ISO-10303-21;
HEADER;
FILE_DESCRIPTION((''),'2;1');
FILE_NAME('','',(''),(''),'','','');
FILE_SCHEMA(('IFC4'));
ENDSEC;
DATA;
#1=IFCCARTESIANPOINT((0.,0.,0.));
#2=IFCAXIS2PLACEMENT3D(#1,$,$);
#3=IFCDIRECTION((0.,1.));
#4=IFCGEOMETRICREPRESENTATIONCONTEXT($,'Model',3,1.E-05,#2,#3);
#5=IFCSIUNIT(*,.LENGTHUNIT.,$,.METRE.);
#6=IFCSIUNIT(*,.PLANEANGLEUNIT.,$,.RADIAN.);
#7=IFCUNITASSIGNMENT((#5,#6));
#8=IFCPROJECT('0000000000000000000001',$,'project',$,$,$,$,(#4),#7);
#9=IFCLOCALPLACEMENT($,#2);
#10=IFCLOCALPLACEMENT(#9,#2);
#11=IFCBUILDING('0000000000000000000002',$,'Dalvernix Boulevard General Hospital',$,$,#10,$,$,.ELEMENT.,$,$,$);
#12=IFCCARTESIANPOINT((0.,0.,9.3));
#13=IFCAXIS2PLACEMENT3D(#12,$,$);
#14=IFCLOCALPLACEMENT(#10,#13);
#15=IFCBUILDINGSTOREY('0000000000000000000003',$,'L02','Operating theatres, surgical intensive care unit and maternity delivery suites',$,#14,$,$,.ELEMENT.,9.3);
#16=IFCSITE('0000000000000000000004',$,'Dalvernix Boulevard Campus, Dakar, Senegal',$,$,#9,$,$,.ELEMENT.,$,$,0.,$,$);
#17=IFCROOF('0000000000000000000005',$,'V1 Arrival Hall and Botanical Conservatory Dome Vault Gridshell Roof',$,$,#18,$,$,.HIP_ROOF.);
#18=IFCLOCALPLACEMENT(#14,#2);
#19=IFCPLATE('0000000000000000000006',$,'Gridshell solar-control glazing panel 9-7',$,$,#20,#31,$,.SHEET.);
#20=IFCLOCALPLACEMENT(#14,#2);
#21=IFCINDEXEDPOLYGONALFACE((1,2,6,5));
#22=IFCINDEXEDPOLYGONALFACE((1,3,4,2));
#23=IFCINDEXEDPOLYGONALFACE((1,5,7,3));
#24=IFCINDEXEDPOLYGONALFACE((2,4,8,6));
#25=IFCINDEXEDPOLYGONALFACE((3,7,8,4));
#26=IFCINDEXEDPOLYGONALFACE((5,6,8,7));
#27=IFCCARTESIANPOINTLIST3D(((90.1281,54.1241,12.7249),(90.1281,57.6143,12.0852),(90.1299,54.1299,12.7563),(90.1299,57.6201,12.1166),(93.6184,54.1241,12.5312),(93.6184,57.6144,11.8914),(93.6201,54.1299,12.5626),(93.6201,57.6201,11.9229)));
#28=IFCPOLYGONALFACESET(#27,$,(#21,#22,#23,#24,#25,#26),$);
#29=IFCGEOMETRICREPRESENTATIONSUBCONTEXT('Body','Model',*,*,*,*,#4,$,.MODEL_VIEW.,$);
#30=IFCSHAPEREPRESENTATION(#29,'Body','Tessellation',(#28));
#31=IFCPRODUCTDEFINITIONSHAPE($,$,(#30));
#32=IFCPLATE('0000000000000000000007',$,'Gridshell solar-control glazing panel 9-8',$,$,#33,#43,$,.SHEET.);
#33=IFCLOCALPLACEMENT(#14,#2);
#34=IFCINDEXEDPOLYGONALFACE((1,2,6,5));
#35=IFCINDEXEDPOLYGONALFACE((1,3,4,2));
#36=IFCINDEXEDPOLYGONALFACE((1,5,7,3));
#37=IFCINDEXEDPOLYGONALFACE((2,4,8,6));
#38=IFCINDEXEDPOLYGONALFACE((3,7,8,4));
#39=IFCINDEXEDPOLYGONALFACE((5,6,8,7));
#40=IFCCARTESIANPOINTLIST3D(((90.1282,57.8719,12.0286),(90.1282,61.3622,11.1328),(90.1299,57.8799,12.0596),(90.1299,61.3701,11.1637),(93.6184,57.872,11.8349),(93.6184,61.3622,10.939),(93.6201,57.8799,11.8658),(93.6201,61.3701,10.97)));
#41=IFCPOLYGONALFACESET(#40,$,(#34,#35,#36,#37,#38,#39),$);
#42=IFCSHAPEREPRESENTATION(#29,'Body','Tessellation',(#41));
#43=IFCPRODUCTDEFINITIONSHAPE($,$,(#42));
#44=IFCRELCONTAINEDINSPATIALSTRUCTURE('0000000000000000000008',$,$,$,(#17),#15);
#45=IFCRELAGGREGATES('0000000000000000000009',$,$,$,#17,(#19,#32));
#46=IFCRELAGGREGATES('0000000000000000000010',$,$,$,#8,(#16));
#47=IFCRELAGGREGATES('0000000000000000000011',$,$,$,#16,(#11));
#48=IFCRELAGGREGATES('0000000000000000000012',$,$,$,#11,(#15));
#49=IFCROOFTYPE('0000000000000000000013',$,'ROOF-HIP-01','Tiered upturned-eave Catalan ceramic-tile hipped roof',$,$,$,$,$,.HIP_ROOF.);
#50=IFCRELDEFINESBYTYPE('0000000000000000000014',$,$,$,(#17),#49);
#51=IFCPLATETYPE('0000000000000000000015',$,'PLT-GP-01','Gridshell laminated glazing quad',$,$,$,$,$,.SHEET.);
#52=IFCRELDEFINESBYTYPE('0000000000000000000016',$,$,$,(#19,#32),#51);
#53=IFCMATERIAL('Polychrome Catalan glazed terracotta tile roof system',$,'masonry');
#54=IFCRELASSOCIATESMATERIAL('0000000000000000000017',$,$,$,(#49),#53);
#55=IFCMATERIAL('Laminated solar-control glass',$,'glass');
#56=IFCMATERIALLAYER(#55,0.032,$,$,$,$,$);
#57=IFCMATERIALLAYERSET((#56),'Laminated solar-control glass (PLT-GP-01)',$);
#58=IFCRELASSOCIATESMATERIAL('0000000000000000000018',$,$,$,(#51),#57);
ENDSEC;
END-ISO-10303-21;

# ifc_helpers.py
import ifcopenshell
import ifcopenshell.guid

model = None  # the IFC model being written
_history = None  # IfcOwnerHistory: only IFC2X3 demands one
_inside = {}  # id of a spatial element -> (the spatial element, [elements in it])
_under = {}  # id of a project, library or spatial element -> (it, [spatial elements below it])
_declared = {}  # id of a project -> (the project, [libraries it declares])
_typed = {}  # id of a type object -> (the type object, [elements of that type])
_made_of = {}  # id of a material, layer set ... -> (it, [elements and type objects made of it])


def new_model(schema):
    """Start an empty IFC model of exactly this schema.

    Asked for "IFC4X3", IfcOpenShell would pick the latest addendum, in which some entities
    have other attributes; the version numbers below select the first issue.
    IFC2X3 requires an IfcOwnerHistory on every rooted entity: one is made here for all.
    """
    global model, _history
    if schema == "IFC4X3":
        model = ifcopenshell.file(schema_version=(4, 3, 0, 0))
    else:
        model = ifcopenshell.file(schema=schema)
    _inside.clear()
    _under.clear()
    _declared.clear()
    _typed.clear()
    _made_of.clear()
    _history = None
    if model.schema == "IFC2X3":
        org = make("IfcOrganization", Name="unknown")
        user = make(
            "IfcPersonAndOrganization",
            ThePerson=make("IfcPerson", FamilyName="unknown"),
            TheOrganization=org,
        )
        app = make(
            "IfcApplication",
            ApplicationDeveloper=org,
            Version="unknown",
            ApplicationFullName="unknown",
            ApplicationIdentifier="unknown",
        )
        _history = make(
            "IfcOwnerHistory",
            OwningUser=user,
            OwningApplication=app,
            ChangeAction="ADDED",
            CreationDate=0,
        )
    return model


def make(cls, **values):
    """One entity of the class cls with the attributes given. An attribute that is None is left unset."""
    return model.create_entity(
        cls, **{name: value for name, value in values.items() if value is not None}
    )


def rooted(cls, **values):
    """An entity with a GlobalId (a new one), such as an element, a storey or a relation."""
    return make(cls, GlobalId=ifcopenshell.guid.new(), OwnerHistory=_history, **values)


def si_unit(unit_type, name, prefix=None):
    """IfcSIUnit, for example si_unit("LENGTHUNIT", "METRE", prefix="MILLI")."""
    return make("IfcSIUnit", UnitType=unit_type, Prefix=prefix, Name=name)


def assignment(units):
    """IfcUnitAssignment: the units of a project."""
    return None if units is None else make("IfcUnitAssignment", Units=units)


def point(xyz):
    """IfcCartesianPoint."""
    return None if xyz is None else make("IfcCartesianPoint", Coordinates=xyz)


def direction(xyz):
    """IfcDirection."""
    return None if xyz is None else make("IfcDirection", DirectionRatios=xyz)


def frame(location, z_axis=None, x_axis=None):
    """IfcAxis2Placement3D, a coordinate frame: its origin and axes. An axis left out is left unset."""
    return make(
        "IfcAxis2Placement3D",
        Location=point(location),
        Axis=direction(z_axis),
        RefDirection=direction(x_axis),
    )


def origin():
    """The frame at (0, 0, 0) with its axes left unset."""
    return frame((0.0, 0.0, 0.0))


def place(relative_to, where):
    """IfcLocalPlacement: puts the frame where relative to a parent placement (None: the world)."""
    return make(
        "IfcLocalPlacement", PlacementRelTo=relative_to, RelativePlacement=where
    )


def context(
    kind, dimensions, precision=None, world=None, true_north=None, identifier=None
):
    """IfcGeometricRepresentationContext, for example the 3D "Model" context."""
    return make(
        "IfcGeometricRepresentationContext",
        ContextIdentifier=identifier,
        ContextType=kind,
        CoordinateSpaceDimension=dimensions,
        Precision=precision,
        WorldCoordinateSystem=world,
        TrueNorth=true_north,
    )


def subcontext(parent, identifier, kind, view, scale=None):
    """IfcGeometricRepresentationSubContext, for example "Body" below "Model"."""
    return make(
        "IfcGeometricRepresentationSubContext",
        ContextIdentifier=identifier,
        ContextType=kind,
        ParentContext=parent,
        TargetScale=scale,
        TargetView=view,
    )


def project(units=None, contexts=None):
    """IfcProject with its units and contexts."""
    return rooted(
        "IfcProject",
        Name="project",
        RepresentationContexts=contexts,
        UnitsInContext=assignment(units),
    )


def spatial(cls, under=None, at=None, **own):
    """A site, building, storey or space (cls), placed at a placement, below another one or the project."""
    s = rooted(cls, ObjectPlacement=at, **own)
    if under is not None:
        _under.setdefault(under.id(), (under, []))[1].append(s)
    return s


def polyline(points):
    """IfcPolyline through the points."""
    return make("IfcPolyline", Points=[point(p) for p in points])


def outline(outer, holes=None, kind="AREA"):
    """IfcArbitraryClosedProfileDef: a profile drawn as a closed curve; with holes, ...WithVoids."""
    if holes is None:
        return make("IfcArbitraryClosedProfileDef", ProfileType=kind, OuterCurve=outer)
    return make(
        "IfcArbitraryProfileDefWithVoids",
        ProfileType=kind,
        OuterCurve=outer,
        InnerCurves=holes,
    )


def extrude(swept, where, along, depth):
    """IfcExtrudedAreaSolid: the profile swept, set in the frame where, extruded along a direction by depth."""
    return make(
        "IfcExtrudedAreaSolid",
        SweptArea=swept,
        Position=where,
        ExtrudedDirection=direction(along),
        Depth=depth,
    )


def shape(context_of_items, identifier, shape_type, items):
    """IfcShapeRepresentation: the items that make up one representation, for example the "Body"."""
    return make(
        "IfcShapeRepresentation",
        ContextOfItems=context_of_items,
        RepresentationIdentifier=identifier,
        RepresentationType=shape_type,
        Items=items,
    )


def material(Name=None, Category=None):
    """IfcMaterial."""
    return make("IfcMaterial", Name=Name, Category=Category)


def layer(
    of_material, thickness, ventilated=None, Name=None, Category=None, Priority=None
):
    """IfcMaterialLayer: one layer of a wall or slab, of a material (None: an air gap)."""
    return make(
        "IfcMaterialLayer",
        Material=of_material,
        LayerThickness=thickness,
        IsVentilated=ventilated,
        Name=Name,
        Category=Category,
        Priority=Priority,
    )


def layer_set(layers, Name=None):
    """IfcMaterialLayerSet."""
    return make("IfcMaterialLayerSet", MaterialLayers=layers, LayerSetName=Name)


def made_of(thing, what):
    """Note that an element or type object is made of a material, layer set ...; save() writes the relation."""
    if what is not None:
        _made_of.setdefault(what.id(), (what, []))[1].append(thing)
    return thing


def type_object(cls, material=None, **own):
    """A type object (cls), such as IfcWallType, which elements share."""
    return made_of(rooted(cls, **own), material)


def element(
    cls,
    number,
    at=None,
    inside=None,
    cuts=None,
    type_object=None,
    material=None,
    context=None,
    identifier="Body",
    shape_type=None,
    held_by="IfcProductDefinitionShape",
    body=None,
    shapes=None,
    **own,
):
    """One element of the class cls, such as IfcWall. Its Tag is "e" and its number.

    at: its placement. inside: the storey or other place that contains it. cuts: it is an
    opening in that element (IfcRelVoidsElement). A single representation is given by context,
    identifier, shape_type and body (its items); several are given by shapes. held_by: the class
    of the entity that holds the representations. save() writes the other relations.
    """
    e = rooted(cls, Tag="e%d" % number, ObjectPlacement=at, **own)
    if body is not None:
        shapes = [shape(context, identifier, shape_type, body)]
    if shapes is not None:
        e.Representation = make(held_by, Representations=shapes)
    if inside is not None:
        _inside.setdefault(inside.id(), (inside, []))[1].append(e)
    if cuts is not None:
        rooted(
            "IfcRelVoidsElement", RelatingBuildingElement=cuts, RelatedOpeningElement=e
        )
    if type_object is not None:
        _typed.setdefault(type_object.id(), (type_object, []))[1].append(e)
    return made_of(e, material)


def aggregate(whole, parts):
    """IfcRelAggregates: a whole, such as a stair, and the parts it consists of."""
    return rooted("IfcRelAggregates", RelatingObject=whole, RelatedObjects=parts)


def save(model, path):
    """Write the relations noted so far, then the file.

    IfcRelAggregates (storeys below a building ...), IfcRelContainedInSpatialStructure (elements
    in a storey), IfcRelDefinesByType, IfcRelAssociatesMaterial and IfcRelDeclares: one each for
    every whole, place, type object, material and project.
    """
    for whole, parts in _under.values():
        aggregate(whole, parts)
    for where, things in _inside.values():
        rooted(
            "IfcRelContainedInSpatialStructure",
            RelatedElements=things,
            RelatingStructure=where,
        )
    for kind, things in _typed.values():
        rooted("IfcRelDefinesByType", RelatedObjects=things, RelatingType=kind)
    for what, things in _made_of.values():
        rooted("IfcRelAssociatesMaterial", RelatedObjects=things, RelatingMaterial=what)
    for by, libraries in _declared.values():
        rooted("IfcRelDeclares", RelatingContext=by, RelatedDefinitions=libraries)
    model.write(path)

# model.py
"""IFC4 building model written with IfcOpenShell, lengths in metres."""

from ifc_helpers import new_model, si_unit, direction, frame, origin, place, context, subcontext, project, spatial, polyline, outline, extrude, material, layer, layer_set, type_object, element, aggregate, save


model = new_model("IFC4")

# Units and contexts
model_context = context("Model", 3, precision=1e-05, world=origin(), true_north=direction((0.0, 1.0)))
body_context = subcontext(model_context, "Body", "Model", "MODEL_VIEW")
ifc_project = project(units=[si_unit("LENGTHUNIT", "METRE"), si_unit("PLANEANGLEUNIT", "RADIAN")], contexts=[model_context])

# Site, building, storey
site_placement = place(None, origin())
site = spatial("IfcSite", under=ifc_project, at=site_placement, Name="Dalvernix Boulevard Campus, Dakar, Senegal", CompositionType="ELEMENT", RefElevation=0.0)
building_placement = place(site_placement, origin())
building = spatial("IfcBuilding", under=site, at=building_placement, Name="Dalvernix Boulevard General Hospital", CompositionType="ELEMENT")
storey_placement = place(building_placement, frame((0.0, 0.0, 9.3)))
storey = spatial("IfcBuildingStorey", under=building, at=storey_placement, Name="L02", Description="Operating theatres, surgical intensive care unit and maternity delivery suites", CompositionType="ELEMENT", Elevation=9.3)

# Roof, plates
ifc_material_1 = material(Name="Polychrome Catalan glazed terracotta tile roof system", Category="masonry")
roof_type = type_object("IfcRoofType", Name="ROOF-HIP-01", Description="Tiered upturned-eave Catalan ceramic-tile hipped roof", PredefinedType="HIP_ROOF", material=ifc_material_1)
roof_placement = place(storey_placement, origin())
roof = element("IfcRoof", 1, at=roof_placement, inside=storey, type_object=roof_type, Name="V1 Arrival Hall and Botanical Conservatory Dome Vault Gridshell Roof", PredefinedType="HIP_ROOF")
ifc_material_2 = material(Name="Laminated solar-control glass", Category="glass")
ifc_layer = layer(ifc_material_2, 0.032)
ifc_layer_set = layer_set([ifc_layer], Name="Laminated solar-control glass (PLT-GP-01)")
plate_type = type_object("IfcPlateType", Name="PLT-GP-01", Description="Gridshell laminated glazing quad", PredefinedType="SHEET", material=ifc_layer_set)
plate_1_placement = place(storey_placement, frame((90.1299, 54.1299, 12.7563), z_axis=(0.054514, 0.180031, 0.982149), x_axis=(0.998463, -0.000006, -0.055419)))
plate_1 = element("IfcPlate", 2, at=plate_1_placement, type_object=plate_type, Name="Gridshell solar-control glazing panel 9-7", PredefinedType="SHEET", context=body_context, shape_type="SweptSolid", body=[
    extrude(outline(polyline([(0.0, 0.0), (3.4956, 0.0), (3.531, 3.5482), (0.0354, 3.5482), (0.0, 0.0)])), origin(), (0.0, 0.0, -1.0), 0.032),
])
plate_2_placement = place(storey_placement, frame((90.1299, 57.8799, 12.0596), z_axis=(0.053685, 0.248262, 0.967204), x_axis=(0.998463, 0.000008, -0.055422)))
plate_2 = element("IfcPlate", 3, at=plate_2_placement, type_object=plate_type, Name="Gridshell solar-control glazing panel 9-8", PredefinedType="SHEET", context=body_context, shape_type="SweptSolid", body=[
    extrude(outline(polyline([(0.0, 0.0), (3.4956, 0.0), (3.5453, 3.603), (0.0497, 3.6031), (0.0, 0.0)])), origin(), (0.0, 0.0, -1.0), 0.032),
])
aggregate(roof, [plate_1, plate_2])

save(model, "model.ifc")
